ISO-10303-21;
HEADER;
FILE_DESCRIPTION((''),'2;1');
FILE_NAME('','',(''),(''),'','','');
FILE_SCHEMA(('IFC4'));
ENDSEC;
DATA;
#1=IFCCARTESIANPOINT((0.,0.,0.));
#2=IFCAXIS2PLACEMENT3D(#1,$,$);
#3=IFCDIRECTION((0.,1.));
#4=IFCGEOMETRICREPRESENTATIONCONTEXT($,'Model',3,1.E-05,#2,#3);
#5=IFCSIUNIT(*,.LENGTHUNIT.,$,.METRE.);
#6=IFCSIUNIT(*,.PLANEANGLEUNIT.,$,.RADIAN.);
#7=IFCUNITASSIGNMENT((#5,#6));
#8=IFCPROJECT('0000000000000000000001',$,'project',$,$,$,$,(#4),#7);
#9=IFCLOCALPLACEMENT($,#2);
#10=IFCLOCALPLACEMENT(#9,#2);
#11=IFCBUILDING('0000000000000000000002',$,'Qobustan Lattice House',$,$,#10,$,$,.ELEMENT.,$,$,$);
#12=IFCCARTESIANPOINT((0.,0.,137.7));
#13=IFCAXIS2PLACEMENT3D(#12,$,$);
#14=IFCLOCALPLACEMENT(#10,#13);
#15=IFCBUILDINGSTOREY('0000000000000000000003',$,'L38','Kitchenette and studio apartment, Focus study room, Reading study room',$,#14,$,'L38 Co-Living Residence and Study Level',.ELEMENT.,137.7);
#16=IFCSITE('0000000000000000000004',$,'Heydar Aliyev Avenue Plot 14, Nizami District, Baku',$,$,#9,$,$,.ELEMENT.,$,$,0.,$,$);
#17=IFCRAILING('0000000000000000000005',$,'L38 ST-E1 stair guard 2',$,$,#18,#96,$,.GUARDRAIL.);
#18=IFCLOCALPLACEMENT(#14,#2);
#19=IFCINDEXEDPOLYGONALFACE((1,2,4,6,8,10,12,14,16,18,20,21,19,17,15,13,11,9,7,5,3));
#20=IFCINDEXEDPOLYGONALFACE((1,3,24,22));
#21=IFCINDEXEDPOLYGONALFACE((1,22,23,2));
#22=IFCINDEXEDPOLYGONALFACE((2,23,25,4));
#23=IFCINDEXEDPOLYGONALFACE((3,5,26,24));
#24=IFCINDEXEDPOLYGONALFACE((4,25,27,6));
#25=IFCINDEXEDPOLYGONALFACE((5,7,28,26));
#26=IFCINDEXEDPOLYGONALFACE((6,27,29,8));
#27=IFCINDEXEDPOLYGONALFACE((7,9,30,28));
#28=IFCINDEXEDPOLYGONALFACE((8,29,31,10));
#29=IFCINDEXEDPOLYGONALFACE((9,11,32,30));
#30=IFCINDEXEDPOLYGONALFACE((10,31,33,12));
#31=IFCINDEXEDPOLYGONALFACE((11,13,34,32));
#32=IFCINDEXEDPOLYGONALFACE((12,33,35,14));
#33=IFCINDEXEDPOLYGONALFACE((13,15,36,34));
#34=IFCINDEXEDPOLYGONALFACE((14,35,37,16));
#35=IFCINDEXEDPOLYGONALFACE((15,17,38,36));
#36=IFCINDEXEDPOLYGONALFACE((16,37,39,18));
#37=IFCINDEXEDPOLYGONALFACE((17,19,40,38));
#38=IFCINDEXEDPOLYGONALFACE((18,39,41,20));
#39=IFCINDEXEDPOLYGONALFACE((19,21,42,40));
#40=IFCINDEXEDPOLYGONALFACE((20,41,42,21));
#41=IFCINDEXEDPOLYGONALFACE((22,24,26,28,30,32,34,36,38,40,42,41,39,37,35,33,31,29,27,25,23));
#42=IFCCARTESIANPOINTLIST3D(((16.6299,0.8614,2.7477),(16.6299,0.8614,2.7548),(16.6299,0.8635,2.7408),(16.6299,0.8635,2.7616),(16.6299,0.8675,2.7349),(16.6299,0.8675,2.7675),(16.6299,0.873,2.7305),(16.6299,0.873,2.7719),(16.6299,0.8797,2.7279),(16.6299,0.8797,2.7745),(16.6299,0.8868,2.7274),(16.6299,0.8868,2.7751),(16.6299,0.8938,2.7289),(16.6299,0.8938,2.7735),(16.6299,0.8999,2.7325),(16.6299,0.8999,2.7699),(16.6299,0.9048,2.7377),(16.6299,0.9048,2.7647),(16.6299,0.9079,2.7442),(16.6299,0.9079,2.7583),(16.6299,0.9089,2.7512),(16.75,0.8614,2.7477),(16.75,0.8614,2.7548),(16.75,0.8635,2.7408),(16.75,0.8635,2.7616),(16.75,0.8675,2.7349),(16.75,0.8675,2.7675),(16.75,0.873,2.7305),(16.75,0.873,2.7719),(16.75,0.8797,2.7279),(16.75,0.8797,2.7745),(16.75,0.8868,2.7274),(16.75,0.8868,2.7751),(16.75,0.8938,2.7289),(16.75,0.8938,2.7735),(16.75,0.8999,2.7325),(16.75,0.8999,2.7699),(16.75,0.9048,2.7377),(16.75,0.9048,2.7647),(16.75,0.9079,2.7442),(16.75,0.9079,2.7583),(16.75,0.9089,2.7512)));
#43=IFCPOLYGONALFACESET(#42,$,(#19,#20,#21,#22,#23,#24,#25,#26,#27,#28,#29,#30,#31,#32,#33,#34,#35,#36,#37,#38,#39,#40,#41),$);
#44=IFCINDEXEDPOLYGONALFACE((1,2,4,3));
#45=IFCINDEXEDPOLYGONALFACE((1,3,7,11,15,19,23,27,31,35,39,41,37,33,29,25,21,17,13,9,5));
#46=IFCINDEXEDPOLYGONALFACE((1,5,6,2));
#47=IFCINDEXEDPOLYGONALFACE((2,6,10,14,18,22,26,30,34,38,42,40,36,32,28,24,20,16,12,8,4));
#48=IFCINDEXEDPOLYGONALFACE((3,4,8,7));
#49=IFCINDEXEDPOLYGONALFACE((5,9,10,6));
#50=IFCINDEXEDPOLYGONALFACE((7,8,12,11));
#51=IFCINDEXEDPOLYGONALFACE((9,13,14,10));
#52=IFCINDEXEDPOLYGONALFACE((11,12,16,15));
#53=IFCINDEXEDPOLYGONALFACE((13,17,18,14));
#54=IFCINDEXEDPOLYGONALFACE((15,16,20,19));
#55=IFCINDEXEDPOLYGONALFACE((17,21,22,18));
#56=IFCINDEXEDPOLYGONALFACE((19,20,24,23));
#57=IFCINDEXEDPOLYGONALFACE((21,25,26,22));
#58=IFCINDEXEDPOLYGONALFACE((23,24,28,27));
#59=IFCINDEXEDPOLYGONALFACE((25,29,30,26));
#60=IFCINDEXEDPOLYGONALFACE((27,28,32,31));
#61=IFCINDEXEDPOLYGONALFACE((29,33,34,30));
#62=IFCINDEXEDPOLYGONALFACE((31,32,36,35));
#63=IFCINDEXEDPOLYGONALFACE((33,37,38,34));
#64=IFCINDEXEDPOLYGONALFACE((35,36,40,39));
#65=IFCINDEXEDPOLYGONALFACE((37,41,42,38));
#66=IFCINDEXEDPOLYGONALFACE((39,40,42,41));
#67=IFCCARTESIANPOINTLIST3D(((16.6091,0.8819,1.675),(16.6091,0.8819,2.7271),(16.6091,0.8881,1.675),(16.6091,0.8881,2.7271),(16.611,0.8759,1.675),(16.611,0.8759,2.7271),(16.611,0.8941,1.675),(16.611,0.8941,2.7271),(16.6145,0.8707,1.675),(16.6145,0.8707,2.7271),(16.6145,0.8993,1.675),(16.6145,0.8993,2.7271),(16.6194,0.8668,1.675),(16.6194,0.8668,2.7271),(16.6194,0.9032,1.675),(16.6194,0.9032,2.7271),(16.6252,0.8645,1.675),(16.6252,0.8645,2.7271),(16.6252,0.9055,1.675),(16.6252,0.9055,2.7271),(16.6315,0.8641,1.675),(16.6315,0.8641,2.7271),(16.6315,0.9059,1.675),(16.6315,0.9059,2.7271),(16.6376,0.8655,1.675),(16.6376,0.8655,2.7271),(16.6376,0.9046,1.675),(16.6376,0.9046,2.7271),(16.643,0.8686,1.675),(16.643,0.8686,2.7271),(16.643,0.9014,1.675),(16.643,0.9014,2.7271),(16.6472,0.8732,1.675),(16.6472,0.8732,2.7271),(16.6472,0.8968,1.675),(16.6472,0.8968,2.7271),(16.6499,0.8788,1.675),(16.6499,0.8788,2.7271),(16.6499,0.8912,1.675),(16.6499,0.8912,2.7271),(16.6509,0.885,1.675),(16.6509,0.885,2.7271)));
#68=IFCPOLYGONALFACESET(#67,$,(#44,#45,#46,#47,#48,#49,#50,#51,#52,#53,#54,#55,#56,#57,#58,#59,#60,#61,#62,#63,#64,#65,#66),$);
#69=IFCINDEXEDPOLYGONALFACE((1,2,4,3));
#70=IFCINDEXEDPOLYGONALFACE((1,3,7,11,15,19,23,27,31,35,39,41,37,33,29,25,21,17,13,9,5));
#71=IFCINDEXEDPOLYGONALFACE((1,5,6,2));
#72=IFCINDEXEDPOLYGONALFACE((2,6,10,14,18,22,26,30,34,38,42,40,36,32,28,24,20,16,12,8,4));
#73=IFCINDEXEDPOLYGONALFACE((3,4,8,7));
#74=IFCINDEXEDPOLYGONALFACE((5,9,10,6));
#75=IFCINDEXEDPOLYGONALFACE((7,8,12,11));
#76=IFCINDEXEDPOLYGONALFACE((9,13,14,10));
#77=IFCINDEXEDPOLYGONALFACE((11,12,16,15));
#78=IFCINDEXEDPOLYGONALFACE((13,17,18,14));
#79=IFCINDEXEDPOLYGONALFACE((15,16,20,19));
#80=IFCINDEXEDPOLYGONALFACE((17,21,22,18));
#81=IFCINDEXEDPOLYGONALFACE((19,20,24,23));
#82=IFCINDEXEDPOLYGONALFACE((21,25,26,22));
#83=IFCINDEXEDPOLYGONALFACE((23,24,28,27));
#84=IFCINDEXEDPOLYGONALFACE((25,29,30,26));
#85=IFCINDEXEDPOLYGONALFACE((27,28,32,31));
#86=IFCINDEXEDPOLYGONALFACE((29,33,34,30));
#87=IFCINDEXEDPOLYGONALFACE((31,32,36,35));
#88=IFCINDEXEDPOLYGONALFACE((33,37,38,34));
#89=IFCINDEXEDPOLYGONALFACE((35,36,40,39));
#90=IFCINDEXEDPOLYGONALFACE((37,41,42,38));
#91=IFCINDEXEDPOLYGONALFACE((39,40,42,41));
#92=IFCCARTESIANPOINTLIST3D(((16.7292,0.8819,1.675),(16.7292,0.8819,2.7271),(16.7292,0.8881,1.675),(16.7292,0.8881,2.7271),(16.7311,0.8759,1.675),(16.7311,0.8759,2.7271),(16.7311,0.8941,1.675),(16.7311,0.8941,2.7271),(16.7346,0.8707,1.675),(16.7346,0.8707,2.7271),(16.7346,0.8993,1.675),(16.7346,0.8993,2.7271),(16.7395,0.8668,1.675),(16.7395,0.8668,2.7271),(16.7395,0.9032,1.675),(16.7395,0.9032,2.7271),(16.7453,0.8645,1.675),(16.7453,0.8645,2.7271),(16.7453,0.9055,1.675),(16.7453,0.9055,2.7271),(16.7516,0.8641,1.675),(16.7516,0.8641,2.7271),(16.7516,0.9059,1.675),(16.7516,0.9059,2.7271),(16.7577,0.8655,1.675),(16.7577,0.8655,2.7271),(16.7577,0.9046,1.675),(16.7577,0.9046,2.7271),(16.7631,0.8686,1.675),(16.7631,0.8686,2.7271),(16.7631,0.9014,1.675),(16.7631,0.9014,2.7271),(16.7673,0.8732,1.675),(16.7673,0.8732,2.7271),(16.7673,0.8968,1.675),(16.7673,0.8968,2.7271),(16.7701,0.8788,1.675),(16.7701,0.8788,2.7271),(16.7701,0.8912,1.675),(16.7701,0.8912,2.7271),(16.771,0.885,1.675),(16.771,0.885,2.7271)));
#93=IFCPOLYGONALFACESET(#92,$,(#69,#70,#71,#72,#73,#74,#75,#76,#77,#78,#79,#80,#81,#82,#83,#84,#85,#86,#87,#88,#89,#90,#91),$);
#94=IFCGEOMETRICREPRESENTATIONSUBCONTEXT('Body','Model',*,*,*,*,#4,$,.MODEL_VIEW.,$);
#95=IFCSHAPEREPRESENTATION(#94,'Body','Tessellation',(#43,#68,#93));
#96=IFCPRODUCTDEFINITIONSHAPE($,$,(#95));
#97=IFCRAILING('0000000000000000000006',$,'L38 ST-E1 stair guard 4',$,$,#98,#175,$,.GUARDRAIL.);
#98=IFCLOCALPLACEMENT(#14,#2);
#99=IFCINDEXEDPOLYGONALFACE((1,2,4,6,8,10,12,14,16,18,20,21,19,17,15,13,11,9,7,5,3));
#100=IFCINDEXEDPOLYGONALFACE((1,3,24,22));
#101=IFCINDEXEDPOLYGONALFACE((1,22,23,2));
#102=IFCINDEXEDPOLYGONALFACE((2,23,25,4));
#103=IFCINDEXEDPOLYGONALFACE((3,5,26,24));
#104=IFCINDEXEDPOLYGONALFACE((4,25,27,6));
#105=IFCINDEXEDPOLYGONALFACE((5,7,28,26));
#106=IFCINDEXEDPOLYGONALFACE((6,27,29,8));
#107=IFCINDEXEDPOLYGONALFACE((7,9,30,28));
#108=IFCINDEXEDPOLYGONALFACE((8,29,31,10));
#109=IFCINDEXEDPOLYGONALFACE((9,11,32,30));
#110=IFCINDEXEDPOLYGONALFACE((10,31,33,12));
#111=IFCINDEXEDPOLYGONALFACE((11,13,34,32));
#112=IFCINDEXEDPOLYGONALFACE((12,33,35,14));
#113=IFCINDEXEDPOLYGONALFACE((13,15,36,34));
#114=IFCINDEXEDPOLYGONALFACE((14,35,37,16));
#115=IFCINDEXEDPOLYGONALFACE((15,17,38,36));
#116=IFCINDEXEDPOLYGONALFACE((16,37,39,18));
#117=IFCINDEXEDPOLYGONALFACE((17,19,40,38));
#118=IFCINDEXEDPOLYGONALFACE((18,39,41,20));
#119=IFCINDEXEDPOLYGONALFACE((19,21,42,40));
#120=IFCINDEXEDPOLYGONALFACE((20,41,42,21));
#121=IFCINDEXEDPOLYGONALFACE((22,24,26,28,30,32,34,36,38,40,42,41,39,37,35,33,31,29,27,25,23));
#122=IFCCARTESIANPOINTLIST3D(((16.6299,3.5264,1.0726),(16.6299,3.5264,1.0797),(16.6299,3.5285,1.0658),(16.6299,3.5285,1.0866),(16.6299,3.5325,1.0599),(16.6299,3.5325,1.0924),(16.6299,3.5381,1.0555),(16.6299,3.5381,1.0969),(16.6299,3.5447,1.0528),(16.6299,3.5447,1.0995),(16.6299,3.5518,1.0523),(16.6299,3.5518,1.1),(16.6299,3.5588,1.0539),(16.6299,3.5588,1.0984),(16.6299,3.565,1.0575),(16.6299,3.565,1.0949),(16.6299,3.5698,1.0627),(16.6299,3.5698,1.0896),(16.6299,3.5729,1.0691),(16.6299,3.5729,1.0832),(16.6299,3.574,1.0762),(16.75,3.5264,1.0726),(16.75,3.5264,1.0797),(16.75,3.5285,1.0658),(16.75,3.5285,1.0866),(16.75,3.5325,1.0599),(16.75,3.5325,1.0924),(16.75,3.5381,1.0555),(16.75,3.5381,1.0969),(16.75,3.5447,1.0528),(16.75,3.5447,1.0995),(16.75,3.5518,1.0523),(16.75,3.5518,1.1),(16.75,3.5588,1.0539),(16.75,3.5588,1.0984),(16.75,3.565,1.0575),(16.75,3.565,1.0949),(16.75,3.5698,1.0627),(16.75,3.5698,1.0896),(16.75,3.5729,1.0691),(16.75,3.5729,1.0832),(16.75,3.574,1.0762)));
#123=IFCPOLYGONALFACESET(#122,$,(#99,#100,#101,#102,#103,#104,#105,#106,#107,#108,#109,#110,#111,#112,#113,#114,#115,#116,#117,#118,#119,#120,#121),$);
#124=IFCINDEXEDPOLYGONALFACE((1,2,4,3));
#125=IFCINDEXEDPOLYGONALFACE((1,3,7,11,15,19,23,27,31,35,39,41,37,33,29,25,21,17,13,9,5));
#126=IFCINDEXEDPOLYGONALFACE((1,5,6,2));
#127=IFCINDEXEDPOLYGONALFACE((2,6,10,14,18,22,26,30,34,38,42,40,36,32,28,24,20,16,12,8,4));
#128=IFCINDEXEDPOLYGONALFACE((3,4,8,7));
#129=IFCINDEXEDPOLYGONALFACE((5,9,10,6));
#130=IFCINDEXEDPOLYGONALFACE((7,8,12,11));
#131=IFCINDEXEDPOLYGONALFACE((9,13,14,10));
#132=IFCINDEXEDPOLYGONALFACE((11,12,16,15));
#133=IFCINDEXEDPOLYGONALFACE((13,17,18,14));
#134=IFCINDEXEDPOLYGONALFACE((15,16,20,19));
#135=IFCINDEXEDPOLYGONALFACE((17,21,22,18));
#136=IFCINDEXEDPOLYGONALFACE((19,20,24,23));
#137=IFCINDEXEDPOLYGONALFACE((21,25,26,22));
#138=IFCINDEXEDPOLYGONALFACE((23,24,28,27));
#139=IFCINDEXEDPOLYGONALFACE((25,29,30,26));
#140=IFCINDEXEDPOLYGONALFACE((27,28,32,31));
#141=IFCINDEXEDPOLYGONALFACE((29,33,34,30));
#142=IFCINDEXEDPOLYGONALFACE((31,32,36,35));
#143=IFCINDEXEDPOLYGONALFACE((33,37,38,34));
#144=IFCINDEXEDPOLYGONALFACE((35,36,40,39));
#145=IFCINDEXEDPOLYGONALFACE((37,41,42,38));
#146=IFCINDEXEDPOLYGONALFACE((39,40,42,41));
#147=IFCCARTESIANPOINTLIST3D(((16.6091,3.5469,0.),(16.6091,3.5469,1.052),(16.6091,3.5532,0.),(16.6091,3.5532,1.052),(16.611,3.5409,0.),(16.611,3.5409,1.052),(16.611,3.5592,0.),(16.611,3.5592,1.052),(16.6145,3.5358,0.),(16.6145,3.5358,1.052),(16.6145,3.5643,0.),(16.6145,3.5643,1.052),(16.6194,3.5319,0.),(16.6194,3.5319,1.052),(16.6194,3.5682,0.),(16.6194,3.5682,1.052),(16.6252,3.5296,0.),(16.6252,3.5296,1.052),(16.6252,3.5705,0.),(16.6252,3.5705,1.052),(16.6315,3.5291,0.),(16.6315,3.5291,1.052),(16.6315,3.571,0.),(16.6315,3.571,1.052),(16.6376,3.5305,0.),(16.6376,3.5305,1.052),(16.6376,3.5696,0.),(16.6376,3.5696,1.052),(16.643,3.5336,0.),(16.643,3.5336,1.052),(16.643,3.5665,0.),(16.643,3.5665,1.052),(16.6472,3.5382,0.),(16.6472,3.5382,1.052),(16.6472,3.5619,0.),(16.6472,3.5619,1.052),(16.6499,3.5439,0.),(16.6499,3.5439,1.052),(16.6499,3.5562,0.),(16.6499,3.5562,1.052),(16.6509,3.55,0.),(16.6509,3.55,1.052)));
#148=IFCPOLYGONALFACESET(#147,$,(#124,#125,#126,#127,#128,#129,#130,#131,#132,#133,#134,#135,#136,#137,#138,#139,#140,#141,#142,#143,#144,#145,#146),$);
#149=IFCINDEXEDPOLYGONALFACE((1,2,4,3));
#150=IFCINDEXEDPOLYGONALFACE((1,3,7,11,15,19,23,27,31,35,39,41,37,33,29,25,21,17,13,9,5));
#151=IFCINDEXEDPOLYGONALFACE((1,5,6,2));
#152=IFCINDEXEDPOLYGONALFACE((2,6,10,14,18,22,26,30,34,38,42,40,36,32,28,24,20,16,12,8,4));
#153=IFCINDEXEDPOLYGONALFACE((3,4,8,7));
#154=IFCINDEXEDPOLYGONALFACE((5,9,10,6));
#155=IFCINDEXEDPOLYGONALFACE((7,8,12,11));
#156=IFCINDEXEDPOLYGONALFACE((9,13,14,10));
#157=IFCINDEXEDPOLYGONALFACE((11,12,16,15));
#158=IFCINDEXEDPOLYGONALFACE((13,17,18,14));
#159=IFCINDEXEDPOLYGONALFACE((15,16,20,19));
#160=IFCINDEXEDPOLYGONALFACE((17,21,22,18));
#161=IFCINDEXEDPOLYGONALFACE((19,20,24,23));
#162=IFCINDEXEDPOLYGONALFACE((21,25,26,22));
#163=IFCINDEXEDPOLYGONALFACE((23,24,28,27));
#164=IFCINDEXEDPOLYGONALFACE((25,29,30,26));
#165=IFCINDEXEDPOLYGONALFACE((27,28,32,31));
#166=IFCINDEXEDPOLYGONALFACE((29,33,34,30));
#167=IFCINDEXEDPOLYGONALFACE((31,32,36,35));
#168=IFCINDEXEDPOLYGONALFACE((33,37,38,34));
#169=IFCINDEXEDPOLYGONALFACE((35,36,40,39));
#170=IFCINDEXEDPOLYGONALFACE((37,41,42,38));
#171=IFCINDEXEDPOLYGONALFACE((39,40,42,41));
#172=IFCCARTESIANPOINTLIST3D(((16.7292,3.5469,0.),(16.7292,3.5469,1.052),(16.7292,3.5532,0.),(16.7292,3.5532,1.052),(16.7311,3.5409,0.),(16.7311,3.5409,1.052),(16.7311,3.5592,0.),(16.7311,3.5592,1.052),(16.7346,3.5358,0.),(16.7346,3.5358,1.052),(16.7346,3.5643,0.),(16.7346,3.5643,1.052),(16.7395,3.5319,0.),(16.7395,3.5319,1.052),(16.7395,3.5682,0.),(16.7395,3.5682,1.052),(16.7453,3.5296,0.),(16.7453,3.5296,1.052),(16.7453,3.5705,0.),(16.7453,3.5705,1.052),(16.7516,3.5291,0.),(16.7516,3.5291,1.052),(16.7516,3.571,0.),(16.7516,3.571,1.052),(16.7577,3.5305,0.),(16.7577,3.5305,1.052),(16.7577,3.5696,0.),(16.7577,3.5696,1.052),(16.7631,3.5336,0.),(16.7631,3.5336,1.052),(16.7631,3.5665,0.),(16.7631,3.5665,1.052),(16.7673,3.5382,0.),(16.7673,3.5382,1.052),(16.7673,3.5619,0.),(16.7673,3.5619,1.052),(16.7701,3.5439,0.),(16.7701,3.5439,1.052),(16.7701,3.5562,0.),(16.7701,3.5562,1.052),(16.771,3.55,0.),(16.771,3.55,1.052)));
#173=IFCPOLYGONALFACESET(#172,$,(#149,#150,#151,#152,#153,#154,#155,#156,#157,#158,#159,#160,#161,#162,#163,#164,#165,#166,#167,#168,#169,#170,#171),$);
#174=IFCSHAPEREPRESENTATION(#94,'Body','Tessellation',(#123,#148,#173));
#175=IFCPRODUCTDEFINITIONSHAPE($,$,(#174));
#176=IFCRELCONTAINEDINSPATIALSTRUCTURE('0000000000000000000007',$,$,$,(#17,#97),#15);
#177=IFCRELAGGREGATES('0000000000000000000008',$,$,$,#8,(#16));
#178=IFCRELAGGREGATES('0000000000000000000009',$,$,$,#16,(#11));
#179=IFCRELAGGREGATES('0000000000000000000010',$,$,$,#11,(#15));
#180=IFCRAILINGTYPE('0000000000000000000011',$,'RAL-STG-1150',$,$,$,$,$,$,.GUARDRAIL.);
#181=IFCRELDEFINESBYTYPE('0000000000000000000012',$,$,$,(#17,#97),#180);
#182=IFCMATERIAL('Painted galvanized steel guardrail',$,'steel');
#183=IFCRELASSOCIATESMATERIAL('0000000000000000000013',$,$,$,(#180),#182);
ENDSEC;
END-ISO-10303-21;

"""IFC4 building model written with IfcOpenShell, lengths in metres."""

from ifc_helpers import new_model, si_unit, direction, frame, origin, origin_2d, place, context, subcontext, project, spatial, circle, extrude, material, type_object, element, save


model = new_model("IFC4")

# Units and contexts
model_context = context("Model", 3, precision=1e-05, world=origin(), true_north=direction((0.0, 1.0)))
body_context = subcontext(model_context, "Body", "Model", "MODEL_VIEW")
ifc_project = project(units=[si_unit("LENGTHUNIT", "METRE"), si_unit("PLANEANGLEUNIT", "RADIAN")], contexts=[model_context])

# Site, building, storey
site_placement = place(None, origin())
site = spatial("IfcSite", under=ifc_project, at=site_placement, Name="Heydar Aliyev Avenue Plot 14, Nizami District, Baku", CompositionType="ELEMENT", RefElevation=0.0)
building_placement = place(site_placement, origin())
building = spatial("IfcBuilding", under=site, at=building_placement, Name="Qobustan Lattice House", CompositionType="ELEMENT")
storey_placement = place(building_placement, frame((0.0, 0.0, 137.7)))
storey = spatial("IfcBuildingStorey", under=building, at=storey_placement, Name="L38", Description="Kitchenette and studio apartment, Focus study room, Reading study room", LongName="L38 Co-Living Residence and Study Level", CompositionType="ELEMENT", Elevation=137.7)

# Railings
ifc_material_1 = material(Name="Painted galvanized steel guardrail", Category="steel")
railing_type_1 = type_object("IfcRailingType", Name="RAL-STG-1150", PredefinedType="GUARDRAIL", material=ifc_material_1)
for number, where, name in (
    (1, (16.6299, 0.885, 1.675), "L38 ST-E1 stair guard 2"),
    (2, (16.6299, 3.55, 0.0), "L38 ST-E1 stair guard 4"),
):
    element("IfcRailing", number, at=place(storey_placement, frame(where)), inside=storey, type_object=railing_type_1, Name=name, PredefinedType="GUARDRAIL", context=body_context, shape_type="SweptSolid", body=[
        extrude(circle(Radius=0.0239, at=origin_2d()), frame((0.0, 0.0, 1.0762), z_axis=(1.0, 0.0, 0.0), x_axis=(0.0, 1.0, 0.0)), (0.0, 0.0, 1.0), 0.1201),
        extrude(circle(Radius=0.021, at=origin_2d()), origin(), (0.0, 0.0, 1.0), 1.052),
        extrude(circle(Radius=0.021, at=origin_2d()), frame((0.1201, 0.0, 0.0)), (0.0, 0.0, 1.0), 1.052),
    ])

save(model, "model.ifc")
